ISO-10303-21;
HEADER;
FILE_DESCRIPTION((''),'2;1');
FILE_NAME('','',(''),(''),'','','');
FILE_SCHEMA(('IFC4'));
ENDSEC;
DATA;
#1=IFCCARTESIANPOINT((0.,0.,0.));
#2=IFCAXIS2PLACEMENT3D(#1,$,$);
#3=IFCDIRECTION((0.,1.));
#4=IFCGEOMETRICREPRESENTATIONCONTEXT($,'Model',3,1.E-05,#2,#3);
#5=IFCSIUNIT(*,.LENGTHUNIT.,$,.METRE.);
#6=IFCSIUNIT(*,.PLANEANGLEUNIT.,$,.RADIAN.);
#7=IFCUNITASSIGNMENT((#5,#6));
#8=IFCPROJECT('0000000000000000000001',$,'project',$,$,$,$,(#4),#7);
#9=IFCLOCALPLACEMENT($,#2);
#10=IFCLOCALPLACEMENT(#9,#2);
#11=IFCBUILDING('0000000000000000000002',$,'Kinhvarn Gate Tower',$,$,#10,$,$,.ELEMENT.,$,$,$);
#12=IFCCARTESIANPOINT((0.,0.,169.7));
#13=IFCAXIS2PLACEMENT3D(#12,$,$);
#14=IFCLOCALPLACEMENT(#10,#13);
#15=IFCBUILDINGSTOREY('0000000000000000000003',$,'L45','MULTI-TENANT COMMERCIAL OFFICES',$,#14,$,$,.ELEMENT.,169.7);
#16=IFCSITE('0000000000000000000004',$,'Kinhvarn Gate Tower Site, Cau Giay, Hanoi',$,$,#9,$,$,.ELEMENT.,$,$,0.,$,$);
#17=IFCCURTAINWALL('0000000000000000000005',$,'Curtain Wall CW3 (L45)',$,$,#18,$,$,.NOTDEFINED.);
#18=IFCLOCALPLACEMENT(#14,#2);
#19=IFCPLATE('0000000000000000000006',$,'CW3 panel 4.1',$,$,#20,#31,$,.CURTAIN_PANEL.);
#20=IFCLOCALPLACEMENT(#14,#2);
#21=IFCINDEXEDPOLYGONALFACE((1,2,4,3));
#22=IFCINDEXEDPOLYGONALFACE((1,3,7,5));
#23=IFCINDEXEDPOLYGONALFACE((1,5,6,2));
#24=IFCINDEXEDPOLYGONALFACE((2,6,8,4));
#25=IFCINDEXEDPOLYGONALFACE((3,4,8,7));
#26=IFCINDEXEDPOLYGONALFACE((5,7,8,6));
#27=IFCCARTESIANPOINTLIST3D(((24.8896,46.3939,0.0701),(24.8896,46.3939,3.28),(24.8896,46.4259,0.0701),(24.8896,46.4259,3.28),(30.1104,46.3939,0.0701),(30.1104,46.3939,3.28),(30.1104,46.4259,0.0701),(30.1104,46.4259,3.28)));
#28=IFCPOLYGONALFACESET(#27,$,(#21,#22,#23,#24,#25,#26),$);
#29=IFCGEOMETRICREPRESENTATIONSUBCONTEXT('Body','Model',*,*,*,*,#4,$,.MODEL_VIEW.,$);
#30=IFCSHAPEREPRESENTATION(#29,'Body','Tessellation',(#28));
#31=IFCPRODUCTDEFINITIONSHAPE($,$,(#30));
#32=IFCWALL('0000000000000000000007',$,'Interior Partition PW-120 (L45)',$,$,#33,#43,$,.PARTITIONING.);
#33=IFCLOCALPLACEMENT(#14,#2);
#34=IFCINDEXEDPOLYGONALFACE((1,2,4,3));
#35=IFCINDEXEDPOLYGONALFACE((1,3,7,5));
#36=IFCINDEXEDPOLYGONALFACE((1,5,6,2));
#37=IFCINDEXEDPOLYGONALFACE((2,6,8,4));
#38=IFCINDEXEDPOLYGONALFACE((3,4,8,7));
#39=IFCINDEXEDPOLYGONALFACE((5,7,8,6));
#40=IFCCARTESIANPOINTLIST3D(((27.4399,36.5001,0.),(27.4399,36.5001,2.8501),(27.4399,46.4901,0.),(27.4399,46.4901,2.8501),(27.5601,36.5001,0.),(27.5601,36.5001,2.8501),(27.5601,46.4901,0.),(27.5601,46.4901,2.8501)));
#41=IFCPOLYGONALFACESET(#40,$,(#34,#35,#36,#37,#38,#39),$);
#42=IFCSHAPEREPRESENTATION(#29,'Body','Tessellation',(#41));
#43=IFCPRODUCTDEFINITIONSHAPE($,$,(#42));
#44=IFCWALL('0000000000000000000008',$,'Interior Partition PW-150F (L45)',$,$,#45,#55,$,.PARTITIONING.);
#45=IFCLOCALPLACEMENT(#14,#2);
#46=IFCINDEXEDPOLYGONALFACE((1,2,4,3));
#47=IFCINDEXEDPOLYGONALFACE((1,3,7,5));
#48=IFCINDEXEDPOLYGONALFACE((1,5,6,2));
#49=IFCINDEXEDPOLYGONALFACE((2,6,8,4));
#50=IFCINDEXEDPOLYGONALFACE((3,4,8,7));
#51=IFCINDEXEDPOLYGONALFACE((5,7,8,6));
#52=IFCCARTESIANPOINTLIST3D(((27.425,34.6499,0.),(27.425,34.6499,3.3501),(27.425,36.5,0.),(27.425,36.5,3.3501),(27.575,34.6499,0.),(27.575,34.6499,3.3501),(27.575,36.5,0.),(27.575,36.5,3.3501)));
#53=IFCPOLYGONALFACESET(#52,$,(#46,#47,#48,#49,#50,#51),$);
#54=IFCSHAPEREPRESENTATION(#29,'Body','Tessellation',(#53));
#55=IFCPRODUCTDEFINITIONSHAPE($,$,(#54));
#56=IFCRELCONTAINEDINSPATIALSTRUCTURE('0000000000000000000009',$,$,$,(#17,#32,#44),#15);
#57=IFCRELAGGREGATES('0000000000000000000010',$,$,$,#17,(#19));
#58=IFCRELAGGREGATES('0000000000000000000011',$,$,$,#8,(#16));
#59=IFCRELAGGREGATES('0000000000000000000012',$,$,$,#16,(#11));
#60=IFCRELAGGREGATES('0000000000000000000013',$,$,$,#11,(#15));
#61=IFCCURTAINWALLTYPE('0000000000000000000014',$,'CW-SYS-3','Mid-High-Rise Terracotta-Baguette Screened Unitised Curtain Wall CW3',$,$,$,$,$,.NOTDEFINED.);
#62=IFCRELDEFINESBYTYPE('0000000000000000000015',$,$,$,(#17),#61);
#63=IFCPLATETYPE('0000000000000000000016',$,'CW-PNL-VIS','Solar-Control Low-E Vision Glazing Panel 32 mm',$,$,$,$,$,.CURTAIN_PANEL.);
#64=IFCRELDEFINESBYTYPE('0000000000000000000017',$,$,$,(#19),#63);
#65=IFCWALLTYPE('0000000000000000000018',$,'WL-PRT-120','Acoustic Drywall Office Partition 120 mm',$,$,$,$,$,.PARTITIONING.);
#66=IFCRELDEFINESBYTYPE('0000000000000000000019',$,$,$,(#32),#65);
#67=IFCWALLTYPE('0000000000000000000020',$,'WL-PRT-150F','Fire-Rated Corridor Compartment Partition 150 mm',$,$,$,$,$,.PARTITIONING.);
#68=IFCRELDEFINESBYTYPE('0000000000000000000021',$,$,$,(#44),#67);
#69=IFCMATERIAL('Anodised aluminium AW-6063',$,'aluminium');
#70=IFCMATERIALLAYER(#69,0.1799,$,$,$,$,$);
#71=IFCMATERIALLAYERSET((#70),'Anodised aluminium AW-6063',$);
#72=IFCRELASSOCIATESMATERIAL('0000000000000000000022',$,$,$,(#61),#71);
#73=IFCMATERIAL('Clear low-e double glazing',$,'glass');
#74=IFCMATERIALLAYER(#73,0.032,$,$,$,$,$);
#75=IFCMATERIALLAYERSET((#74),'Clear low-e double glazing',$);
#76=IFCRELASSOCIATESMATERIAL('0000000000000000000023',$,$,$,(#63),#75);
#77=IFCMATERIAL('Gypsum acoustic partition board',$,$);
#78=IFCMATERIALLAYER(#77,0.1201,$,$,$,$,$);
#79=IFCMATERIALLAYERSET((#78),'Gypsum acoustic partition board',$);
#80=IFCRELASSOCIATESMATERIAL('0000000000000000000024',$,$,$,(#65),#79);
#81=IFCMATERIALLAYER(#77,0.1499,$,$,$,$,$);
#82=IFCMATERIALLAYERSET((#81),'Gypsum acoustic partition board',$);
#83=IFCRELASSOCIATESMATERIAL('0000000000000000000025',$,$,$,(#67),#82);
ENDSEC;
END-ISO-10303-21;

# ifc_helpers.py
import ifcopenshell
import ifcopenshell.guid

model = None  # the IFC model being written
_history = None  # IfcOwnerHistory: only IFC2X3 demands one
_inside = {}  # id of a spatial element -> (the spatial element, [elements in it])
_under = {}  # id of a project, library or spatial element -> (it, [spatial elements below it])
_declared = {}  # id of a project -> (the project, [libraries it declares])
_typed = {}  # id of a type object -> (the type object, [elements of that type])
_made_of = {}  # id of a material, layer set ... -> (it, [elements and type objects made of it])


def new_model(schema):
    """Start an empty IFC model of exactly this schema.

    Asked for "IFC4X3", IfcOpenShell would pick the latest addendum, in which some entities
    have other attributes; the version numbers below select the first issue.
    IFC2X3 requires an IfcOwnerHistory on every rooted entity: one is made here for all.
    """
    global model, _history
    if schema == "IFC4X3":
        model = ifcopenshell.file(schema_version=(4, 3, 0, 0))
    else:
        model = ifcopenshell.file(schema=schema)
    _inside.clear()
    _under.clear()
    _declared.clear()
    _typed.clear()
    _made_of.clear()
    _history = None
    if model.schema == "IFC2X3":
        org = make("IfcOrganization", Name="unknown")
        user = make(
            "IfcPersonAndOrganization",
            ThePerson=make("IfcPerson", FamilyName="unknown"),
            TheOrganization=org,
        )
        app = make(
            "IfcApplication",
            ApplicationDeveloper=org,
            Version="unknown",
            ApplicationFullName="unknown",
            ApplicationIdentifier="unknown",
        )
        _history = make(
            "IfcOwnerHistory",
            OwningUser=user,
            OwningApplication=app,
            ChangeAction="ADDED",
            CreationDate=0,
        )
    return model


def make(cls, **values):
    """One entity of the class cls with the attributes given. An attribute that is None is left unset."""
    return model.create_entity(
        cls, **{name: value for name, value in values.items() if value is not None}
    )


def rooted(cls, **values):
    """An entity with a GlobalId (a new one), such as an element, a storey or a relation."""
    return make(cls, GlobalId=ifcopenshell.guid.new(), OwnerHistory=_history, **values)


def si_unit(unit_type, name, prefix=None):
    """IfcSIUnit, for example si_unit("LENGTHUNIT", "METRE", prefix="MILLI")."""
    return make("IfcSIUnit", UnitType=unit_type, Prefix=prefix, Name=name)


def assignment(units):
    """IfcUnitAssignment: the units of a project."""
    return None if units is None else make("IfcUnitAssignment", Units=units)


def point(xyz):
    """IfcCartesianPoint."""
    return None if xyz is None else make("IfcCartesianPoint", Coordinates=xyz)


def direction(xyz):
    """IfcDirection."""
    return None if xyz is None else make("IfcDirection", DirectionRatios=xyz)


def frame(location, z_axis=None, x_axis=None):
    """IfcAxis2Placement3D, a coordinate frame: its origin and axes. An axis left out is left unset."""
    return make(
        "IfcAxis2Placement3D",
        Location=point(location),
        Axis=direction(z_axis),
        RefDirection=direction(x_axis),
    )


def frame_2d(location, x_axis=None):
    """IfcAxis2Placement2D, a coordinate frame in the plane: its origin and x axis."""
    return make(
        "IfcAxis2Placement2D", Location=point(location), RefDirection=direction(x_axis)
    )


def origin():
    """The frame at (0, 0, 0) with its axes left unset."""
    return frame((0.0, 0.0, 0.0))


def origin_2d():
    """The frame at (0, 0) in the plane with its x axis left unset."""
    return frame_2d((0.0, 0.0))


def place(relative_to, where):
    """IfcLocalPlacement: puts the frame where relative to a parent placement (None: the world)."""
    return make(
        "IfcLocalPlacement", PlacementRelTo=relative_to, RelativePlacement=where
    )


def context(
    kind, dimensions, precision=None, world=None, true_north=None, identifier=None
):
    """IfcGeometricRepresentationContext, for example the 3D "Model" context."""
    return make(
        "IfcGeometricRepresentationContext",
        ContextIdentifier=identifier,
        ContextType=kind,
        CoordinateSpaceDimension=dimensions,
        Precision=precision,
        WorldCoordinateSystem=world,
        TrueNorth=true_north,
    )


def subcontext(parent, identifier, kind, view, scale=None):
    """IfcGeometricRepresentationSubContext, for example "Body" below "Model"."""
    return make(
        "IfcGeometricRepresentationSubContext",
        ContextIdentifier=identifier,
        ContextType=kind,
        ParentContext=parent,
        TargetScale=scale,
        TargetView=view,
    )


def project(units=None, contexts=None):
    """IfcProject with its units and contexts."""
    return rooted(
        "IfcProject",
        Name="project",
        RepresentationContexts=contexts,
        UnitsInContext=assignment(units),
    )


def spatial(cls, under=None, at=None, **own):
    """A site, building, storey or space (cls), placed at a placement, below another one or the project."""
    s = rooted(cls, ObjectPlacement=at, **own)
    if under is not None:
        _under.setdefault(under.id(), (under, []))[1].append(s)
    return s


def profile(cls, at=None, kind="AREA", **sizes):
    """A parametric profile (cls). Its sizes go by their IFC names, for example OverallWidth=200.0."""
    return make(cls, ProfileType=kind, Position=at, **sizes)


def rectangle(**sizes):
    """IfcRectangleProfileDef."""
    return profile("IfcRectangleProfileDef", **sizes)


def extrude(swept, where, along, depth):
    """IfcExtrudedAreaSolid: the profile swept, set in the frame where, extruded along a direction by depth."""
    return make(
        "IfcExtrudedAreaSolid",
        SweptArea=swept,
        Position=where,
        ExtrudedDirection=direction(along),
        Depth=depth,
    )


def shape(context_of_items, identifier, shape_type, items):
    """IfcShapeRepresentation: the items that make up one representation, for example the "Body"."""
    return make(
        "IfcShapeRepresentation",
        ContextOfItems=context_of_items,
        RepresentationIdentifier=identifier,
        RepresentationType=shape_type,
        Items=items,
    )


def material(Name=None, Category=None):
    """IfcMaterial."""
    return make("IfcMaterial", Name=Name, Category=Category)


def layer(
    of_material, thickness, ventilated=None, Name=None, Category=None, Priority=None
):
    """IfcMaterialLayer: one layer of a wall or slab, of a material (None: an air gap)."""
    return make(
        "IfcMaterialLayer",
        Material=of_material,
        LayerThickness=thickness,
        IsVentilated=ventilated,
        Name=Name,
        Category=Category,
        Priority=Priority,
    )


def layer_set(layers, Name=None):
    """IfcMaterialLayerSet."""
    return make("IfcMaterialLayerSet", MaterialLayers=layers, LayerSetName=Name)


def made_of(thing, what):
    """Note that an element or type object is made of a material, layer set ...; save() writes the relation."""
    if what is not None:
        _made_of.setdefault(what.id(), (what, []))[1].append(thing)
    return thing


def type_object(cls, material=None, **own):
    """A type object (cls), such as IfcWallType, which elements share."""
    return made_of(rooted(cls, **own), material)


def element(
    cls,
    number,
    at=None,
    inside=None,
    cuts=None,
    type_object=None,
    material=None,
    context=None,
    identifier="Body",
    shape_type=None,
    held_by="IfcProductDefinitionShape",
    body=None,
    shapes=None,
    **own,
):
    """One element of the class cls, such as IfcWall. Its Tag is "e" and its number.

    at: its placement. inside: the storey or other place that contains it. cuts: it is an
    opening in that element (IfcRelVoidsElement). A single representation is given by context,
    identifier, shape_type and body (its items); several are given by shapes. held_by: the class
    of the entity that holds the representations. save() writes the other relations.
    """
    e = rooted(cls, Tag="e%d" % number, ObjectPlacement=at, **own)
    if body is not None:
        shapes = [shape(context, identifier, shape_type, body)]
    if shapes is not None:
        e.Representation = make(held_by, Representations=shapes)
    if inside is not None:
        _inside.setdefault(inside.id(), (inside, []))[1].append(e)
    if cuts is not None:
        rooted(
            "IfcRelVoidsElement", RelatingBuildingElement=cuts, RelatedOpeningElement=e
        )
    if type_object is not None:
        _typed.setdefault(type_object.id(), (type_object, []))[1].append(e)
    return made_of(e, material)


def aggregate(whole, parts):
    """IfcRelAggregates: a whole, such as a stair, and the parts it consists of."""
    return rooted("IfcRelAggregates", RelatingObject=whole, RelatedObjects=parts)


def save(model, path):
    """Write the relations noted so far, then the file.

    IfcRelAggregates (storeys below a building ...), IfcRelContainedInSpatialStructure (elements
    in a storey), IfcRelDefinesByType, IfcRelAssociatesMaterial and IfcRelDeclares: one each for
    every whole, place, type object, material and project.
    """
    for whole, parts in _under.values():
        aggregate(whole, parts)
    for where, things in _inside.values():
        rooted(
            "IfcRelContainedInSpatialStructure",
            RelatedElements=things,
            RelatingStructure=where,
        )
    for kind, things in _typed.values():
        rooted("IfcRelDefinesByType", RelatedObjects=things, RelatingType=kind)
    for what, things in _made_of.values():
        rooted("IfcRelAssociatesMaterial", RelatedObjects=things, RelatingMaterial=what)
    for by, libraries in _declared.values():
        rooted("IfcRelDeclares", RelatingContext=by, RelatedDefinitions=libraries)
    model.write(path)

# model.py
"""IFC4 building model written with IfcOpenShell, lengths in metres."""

from ifc_helpers import new_model, si_unit, direction, frame, frame_2d, origin, origin_2d, place, context, subcontext, project, spatial, rectangle, extrude, material, layer, layer_set, type_object, element, aggregate, save


model = new_model("IFC4")

# Units and contexts
model_context = context("Model", 3, precision=1e-05, world=origin(), true_north=direction((0.0, 1.0)))
body_context = subcontext(model_context, "Body", "Model", "MODEL_VIEW")
ifc_project = project(units=[si_unit("LENGTHUNIT", "METRE"), si_unit("PLANEANGLEUNIT", "RADIAN")], contexts=[model_context])

# Site, building, storey
site_placement = place(None, origin())
site = spatial("IfcSite", under=ifc_project, at=site_placement, Name="Kinhvarn Gate Tower Site, Cau Giay, Hanoi", CompositionType="ELEMENT", RefElevation=0.0)
building_placement = place(site_placement, origin())
building = spatial("IfcBuilding", under=site, at=building_placement, Name="Kinhvarn Gate Tower", CompositionType="ELEMENT")
storey_placement = place(building_placement, frame((0.0, 0.0, 169.7)))
storey = spatial("IfcBuildingStorey", under=building, at=storey_placement, Name="L45", Description="MULTI-TENANT COMMERCIAL OFFICES", CompositionType="ELEMENT", Elevation=169.7)

# Curtain wall
ifc_material_1 = material(Name="Anodised aluminium AW-6063", Category="aluminium")
ifc_layer_1 = layer(ifc_material_1, 0.1799)
ifc_layer_set_1 = layer_set([ifc_layer_1], Name="Anodised aluminium AW-6063")
curtain_wall_type = type_object("IfcCurtainWallType", Name="CW-SYS-3", Description="Mid-High-Rise Terracotta-Baguette Screened Unitised Curtain Wall CW3", PredefinedType="NOTDEFINED", material=ifc_layer_set_1)
curtain_wall_placement = place(storey_placement, origin())
curtain_wall = element("IfcCurtainWall", 1, at=curtain_wall_placement, inside=storey, type_object=curtain_wall_type, Name="Curtain Wall CW3 (L45)", PredefinedType="NOTDEFINED")

# Plate
ifc_material_2 = material(Name="Clear low-e double glazing", Category="glass")
ifc_layer_2 = layer(ifc_material_2, 0.032)
ifc_layer_set_2 = layer_set([ifc_layer_2], Name="Clear low-e double glazing")
plate_type = type_object("IfcPlateType", Name="CW-PNL-VIS", Description="Solar-Control Low-E Vision Glazing Panel 32 mm", PredefinedType="CURTAIN_PANEL", material=ifc_layer_set_2)
plate_1_placement = place(storey_placement, frame((27.5, 46.4099, 0.0701), z_axis=(0.0, 0.0, 1.0), x_axis=(-1.0, 0.0, 0.0)))
plate_1 = element("IfcPlate", 2, at=plate_1_placement, type_object=plate_type, Name="CW3 panel 4.1", PredefinedType="CURTAIN_PANEL", context=body_context, shape_type="SweptSolid", body=[
    extrude(rectangle(XDim=5.2207, YDim=0.032, at=origin_2d()), origin(), (0.0, 0.0, 1.0), 3.21),
])
aggregate(curtain_wall, [plate_1])

# Walls
ifc_material_3 = material(Name="Gypsum acoustic partition board")
ifc_layer_3 = layer(ifc_material_3, 0.1201)
ifc_layer_set_3 = layer_set([ifc_layer_3], Name="Gypsum acoustic partition board")
wall_type_1 = type_object("IfcWallType", Name="WL-PRT-120", Description="Acoustic Drywall Office Partition 120 mm", PredefinedType="PARTITIONING", material=ifc_layer_set_3)
wall_1_placement = place(storey_placement, frame((27.5, 36.5, 0.0), z_axis=(0.0, 0.0, 1.0), x_axis=(0.0, 1.0, 0.0)))
element("IfcWall", 3, at=wall_1_placement, inside=storey, type_object=wall_type_1, Name="Interior Partition PW-120 (L45)", PredefinedType="PARTITIONING", context=body_context, shape_type="SweptSolid", body=[
    extrude(rectangle(XDim=9.99, YDim=0.1201, at=frame_2d((4.9951, 0.0))), origin(), (0.0, 0.0, 1.0), 2.8501),
])
ifc_layer_4 = layer(ifc_material_3, 0.1499)
ifc_layer_set_4 = layer_set([ifc_layer_4], Name="Gypsum acoustic partition board")
wall_type_2 = type_object("IfcWallType", Name="WL-PRT-150F", Description="Fire-Rated Corridor Compartment Partition 150 mm", PredefinedType="PARTITIONING", material=ifc_layer_set_4)
wall_2_placement = place(storey_placement, frame((27.5, 34.6499, 0.0), z_axis=(0.0, 0.0, 1.0), x_axis=(0.0, 1.0, 0.0)))
element("IfcWall", 4, at=wall_2_placement, inside=storey, type_object=wall_type_2, Name="Interior Partition PW-150F (L45)", PredefinedType="PARTITIONING", context=body_context, shape_type="SweptSolid", body=[
    extrude(rectangle(XDim=1.8501, YDim=0.1499, at=frame_2d((0.925, 0.0))), origin(), (0.0, 0.0, 1.0), 3.3501),
])

save(model, "model.ifc")
